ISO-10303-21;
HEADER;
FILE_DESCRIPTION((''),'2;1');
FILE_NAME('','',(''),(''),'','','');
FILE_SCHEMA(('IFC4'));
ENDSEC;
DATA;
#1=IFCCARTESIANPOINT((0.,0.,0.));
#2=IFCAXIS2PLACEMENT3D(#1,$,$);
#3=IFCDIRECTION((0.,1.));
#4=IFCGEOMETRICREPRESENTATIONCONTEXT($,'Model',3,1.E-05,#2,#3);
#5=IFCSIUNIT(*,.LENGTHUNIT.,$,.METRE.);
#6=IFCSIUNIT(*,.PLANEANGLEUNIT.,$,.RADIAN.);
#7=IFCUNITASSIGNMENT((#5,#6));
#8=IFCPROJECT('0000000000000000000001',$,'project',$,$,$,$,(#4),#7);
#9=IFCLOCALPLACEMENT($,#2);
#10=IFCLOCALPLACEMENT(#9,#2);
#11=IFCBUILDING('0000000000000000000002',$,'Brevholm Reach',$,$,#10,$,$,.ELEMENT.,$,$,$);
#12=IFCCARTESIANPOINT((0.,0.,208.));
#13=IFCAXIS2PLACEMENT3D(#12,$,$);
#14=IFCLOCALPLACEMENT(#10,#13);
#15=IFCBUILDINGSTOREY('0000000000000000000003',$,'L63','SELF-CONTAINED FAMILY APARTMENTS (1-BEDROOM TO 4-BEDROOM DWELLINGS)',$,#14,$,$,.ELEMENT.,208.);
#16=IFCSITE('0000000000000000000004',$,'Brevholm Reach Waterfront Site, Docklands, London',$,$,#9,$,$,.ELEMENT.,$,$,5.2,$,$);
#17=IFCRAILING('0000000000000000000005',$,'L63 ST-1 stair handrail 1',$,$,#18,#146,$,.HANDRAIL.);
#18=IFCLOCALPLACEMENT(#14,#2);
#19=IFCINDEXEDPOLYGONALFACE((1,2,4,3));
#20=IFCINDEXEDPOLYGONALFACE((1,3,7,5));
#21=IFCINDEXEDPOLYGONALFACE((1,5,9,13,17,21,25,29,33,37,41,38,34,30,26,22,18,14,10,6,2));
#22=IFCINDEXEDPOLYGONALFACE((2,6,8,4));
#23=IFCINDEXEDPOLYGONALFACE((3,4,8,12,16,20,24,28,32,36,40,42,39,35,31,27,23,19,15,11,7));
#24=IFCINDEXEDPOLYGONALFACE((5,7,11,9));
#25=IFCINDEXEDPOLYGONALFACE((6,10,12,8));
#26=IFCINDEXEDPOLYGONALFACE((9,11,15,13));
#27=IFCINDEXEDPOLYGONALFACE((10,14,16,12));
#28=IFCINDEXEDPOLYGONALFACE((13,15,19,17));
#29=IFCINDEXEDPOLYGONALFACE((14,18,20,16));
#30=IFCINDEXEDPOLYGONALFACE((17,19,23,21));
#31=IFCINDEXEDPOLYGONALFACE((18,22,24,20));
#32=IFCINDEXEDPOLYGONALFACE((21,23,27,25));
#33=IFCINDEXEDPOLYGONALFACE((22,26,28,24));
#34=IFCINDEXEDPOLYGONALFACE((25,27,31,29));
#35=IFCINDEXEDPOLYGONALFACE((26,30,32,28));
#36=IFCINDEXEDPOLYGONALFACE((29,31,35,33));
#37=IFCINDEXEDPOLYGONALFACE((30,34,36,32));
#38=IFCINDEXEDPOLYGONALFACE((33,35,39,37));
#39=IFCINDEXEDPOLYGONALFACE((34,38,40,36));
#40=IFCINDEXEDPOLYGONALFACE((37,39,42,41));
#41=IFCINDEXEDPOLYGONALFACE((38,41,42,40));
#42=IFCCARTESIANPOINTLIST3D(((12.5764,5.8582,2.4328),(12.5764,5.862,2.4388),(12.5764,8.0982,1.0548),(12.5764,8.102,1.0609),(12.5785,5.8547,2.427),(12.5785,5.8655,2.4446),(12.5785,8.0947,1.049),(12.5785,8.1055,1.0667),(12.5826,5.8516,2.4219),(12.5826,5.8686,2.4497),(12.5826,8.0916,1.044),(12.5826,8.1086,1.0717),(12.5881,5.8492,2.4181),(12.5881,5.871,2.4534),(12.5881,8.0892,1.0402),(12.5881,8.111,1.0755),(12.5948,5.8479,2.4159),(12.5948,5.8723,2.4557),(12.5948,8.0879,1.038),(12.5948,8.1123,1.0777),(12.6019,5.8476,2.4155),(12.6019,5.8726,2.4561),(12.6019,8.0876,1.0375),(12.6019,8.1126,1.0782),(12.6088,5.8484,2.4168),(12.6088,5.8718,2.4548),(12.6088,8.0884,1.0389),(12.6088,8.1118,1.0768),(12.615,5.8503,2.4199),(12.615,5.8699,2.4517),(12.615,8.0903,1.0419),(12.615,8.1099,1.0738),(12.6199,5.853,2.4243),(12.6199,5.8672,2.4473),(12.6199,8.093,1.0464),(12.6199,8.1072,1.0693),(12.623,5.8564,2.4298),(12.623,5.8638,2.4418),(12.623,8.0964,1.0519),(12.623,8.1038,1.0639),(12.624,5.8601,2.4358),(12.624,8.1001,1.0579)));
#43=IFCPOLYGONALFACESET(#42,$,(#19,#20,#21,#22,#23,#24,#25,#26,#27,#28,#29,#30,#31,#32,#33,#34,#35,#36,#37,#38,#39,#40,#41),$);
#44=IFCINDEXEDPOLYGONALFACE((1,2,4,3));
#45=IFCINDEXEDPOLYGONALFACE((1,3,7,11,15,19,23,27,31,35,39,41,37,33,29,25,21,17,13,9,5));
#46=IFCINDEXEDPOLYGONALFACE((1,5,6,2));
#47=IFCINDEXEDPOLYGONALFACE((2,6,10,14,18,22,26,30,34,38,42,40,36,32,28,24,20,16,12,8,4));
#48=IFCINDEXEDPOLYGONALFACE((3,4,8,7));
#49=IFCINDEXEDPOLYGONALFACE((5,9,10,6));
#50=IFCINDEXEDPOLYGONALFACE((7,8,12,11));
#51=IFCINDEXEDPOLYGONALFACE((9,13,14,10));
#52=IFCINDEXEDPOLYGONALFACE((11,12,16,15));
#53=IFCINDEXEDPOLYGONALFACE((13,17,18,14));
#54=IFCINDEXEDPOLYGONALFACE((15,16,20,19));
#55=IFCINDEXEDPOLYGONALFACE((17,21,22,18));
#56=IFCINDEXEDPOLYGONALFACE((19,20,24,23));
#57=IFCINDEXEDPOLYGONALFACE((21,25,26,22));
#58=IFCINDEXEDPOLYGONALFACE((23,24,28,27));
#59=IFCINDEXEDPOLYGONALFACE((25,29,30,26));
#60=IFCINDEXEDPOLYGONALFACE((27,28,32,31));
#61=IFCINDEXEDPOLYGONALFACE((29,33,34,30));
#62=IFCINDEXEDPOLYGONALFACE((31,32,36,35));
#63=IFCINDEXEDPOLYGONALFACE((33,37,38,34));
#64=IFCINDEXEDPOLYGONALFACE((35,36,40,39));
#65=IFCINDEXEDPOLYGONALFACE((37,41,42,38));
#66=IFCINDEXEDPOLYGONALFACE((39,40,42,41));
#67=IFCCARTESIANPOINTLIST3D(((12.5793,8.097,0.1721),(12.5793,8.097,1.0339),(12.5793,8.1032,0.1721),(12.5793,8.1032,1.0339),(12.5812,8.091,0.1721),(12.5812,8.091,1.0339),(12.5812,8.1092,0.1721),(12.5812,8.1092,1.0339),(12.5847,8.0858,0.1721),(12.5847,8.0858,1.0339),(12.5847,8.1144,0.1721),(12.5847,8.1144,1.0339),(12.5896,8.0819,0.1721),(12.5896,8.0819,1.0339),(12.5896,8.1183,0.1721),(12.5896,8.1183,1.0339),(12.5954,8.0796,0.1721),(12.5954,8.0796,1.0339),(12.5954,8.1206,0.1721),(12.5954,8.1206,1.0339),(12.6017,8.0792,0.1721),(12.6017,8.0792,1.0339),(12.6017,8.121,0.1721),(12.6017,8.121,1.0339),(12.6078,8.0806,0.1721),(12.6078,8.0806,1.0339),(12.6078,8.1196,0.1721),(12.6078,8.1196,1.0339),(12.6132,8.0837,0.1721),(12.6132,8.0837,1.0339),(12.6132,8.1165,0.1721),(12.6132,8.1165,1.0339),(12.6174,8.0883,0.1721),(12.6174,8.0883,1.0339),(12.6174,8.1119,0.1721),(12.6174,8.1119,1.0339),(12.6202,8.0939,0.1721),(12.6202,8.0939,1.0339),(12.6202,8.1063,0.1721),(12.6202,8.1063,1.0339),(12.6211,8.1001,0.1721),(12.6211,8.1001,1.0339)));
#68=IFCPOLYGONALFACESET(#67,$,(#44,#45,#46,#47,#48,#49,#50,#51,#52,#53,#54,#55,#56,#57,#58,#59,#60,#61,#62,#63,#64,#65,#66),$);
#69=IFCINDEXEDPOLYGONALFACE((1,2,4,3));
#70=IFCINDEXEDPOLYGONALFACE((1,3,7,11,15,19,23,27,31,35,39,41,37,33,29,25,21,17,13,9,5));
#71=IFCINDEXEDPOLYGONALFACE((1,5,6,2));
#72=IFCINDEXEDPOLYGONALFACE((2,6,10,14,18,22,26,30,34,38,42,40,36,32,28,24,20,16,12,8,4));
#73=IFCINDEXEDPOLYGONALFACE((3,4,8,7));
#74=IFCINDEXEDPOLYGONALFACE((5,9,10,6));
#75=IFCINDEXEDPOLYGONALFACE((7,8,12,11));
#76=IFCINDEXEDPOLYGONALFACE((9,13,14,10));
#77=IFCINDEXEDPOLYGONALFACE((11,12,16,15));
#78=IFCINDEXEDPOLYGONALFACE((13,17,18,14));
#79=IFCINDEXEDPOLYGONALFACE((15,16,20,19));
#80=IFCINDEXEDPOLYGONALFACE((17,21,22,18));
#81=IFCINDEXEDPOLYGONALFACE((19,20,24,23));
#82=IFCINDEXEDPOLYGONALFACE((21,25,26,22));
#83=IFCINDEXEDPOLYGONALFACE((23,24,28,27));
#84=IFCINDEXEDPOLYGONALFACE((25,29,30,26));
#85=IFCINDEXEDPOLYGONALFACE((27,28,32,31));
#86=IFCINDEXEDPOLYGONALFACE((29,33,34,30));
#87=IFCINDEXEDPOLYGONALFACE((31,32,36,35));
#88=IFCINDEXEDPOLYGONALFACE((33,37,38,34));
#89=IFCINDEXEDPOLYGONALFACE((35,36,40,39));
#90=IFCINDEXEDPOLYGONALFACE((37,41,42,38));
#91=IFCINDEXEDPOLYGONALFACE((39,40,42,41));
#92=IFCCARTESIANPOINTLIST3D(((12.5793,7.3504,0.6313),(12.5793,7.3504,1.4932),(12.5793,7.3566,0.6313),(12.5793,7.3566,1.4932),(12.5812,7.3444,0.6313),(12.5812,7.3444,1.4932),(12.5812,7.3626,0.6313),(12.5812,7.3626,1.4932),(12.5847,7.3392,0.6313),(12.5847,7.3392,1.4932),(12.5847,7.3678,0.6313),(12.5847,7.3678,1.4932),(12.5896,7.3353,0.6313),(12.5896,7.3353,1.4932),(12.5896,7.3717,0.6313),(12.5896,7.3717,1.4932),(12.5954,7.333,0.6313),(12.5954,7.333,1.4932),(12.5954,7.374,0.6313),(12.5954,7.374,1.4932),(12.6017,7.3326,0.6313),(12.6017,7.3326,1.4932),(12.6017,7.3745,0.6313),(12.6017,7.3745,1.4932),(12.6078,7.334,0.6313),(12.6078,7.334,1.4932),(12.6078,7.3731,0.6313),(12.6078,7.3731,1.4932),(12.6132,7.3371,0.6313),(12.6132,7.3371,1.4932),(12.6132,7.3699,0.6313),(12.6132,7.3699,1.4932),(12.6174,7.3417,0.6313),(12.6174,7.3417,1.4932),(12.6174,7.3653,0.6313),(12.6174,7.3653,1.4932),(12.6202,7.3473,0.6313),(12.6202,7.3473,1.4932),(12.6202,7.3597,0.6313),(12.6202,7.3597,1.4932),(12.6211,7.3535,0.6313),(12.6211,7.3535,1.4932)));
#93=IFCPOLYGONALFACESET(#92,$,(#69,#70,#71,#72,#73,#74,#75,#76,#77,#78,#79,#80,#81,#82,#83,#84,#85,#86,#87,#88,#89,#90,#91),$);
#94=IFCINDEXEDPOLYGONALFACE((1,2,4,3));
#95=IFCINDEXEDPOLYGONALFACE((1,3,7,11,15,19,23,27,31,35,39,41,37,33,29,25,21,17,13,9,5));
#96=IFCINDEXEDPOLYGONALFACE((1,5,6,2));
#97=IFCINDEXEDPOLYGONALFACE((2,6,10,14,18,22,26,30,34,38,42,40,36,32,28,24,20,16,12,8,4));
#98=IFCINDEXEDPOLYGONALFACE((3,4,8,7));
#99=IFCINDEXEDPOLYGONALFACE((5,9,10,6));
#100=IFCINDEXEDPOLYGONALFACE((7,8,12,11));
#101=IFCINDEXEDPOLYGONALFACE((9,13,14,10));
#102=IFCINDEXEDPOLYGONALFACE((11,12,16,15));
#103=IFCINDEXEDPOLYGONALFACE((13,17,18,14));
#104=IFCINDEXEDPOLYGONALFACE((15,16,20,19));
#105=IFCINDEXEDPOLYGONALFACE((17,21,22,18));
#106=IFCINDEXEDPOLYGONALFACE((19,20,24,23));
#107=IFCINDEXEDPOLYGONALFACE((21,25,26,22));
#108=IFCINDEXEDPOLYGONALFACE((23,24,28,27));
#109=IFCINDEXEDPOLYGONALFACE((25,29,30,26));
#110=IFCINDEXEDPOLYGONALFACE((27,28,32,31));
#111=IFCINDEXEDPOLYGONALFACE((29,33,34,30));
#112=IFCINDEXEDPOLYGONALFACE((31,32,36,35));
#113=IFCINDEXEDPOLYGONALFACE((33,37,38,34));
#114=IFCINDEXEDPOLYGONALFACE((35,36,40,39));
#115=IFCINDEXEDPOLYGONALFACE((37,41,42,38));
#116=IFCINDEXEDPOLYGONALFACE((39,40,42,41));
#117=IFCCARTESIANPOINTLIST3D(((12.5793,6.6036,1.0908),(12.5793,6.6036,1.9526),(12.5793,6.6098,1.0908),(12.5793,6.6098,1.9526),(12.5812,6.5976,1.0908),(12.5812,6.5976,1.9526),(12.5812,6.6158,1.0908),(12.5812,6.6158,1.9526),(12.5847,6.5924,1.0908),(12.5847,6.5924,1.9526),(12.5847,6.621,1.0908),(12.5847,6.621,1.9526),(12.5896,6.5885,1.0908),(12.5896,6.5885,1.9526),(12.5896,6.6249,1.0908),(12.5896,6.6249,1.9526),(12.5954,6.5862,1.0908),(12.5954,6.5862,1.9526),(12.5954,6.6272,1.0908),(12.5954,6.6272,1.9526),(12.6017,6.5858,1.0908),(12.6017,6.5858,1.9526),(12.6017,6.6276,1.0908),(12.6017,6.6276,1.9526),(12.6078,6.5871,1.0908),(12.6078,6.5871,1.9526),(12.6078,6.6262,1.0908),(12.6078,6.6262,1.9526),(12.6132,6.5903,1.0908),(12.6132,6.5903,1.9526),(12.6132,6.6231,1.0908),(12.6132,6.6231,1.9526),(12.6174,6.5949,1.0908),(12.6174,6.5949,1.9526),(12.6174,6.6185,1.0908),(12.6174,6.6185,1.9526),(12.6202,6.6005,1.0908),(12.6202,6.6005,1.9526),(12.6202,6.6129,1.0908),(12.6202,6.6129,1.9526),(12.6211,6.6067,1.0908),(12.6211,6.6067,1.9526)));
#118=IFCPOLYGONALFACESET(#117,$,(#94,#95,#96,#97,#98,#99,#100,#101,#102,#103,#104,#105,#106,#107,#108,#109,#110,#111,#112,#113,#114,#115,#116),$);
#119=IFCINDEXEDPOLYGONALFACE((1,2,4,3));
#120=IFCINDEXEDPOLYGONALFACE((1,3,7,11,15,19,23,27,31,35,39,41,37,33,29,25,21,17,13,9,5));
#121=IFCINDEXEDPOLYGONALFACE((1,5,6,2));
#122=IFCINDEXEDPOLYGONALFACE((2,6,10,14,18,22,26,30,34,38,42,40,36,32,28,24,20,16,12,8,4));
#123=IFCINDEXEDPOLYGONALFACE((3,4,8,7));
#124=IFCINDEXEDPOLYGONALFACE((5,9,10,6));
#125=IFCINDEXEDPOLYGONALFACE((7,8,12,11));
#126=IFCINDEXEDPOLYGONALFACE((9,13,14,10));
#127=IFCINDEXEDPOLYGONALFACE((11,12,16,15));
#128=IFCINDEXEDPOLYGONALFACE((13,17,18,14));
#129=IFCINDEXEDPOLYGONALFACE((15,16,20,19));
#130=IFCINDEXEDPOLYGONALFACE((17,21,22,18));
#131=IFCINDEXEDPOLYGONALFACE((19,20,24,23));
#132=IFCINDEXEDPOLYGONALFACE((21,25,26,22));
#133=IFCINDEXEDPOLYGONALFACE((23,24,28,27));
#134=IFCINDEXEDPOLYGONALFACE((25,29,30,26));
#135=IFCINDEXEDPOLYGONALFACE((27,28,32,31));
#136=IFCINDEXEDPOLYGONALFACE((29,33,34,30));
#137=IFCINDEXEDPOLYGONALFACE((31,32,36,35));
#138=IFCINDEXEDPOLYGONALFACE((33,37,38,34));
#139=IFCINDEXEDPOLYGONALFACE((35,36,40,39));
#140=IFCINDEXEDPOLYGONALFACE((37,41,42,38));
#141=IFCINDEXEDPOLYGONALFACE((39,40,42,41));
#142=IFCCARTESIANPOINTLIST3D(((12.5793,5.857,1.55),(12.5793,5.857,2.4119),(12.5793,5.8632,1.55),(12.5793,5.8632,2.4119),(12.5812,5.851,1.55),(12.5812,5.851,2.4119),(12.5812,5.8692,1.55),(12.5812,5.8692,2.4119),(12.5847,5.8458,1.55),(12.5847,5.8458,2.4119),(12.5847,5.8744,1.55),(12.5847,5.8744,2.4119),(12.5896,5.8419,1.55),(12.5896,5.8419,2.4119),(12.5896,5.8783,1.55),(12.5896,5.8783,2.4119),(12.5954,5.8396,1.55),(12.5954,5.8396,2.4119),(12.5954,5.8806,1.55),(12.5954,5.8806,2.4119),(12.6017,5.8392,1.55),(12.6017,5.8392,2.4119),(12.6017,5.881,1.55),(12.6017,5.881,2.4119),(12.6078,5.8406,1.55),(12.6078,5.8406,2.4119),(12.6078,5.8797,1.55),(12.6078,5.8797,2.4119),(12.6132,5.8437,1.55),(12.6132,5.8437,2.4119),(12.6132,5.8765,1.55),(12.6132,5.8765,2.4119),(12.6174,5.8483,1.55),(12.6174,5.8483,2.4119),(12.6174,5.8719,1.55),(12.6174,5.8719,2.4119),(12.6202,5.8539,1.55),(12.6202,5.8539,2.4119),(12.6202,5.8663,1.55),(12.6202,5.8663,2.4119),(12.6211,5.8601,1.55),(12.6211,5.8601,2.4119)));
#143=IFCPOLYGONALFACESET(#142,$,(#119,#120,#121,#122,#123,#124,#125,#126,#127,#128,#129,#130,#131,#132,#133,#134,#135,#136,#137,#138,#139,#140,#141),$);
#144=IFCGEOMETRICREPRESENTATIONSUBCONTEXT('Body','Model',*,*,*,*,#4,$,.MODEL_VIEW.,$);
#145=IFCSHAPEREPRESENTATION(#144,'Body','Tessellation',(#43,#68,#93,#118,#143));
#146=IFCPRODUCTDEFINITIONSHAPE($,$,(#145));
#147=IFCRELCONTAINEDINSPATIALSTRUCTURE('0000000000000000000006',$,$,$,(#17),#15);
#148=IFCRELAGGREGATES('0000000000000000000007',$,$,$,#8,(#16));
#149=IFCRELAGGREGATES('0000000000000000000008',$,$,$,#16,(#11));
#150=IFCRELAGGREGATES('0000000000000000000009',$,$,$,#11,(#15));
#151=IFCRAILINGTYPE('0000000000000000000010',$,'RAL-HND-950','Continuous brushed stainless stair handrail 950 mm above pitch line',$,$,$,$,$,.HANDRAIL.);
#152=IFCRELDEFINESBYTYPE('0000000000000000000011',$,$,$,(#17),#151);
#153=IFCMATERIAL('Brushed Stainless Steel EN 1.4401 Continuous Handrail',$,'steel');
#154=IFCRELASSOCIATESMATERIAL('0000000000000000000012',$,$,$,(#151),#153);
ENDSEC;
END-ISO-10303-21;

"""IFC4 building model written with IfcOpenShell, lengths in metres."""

from ifc_helpers import new_model, si_unit, direction, frame, origin, origin_2d, place, context, subcontext, project, spatial, circle, extrude, material, type_object, element, save


model = new_model("IFC4")

# Units and contexts
model_context = context("Model", 3, precision=1e-05, world=origin(), true_north=direction((0.0, 1.0)))
body_context = subcontext(model_context, "Body", "Model", "MODEL_VIEW")
ifc_project = project(units=[si_unit("LENGTHUNIT", "METRE"), si_unit("PLANEANGLEUNIT", "RADIAN")], contexts=[model_context])

# Site, building, storey
site_placement = place(None, origin())
site = spatial("IfcSite", under=ifc_project, at=site_placement, Name="Brevholm Reach Waterfront Site, Docklands, London", CompositionType="ELEMENT", RefElevation=5.2)
building_placement = place(site_placement, origin())
building = spatial("IfcBuilding", under=site, at=building_placement, Name="Brevholm Reach", CompositionType="ELEMENT")
storey_placement = place(building_placement, frame((0.0, 0.0, 208.0)))
storey = spatial("IfcBuildingStorey", under=building, at=storey_placement, Name="L63", Description="SELF-CONTAINED FAMILY APARTMENTS (1-BEDROOM TO 4-BEDROOM DWELLINGS)", CompositionType="ELEMENT", Elevation=208.0)

# Railing
ifc_material_1 = material(Name="Brushed Stainless Steel EN 1.4401 Continuous Handrail", Category="steel")
railing_type = type_object("IfcRailingType", Name="RAL-HND-950", Description="Continuous brushed stainless stair handrail 950 mm above pitch line", PredefinedType="HANDRAIL", material=ifc_material_1)
railing_placement = place(storey_placement, frame((12.6001, 8.1001, 0.1721)))
element("IfcRailing", 1, at=railing_placement, inside=storey, type_object=railing_type, Name="L63 ST-1 stair handrail 1", PredefinedType="HANDRAIL", context=body_context, shape_type="SweptSolid", body=[
    extrude(circle(Radius=0.0239, at=origin_2d()), frame((0.0, 0.0, 0.8857), z_axis=(0.0, -0.851748, 0.523952), x_axis=(1.0, 0.0, 0.0)), (0.0, 0.0, 1.0), 2.6299),
    extrude(circle(Radius=0.021, at=origin_2d()), origin(), (0.0, 0.0, 1.0), 0.8618),
    extrude(circle(Radius=0.021, at=origin_2d()), frame((0.0, -0.7466, 0.4592)), (0.0, 0.0, 1.0), 0.8618),
    extrude(circle(Radius=0.021, at=origin_2d()), frame((0.0, -1.4934, 0.9187)), (0.0, 0.0, 1.0), 0.8618),
    extrude(circle(Radius=0.021, at=origin_2d()), frame((0.0, -2.24, 1.3779)), (0.0, 0.0, 1.0), 0.8618),
])

save(model, "model.ifc")
